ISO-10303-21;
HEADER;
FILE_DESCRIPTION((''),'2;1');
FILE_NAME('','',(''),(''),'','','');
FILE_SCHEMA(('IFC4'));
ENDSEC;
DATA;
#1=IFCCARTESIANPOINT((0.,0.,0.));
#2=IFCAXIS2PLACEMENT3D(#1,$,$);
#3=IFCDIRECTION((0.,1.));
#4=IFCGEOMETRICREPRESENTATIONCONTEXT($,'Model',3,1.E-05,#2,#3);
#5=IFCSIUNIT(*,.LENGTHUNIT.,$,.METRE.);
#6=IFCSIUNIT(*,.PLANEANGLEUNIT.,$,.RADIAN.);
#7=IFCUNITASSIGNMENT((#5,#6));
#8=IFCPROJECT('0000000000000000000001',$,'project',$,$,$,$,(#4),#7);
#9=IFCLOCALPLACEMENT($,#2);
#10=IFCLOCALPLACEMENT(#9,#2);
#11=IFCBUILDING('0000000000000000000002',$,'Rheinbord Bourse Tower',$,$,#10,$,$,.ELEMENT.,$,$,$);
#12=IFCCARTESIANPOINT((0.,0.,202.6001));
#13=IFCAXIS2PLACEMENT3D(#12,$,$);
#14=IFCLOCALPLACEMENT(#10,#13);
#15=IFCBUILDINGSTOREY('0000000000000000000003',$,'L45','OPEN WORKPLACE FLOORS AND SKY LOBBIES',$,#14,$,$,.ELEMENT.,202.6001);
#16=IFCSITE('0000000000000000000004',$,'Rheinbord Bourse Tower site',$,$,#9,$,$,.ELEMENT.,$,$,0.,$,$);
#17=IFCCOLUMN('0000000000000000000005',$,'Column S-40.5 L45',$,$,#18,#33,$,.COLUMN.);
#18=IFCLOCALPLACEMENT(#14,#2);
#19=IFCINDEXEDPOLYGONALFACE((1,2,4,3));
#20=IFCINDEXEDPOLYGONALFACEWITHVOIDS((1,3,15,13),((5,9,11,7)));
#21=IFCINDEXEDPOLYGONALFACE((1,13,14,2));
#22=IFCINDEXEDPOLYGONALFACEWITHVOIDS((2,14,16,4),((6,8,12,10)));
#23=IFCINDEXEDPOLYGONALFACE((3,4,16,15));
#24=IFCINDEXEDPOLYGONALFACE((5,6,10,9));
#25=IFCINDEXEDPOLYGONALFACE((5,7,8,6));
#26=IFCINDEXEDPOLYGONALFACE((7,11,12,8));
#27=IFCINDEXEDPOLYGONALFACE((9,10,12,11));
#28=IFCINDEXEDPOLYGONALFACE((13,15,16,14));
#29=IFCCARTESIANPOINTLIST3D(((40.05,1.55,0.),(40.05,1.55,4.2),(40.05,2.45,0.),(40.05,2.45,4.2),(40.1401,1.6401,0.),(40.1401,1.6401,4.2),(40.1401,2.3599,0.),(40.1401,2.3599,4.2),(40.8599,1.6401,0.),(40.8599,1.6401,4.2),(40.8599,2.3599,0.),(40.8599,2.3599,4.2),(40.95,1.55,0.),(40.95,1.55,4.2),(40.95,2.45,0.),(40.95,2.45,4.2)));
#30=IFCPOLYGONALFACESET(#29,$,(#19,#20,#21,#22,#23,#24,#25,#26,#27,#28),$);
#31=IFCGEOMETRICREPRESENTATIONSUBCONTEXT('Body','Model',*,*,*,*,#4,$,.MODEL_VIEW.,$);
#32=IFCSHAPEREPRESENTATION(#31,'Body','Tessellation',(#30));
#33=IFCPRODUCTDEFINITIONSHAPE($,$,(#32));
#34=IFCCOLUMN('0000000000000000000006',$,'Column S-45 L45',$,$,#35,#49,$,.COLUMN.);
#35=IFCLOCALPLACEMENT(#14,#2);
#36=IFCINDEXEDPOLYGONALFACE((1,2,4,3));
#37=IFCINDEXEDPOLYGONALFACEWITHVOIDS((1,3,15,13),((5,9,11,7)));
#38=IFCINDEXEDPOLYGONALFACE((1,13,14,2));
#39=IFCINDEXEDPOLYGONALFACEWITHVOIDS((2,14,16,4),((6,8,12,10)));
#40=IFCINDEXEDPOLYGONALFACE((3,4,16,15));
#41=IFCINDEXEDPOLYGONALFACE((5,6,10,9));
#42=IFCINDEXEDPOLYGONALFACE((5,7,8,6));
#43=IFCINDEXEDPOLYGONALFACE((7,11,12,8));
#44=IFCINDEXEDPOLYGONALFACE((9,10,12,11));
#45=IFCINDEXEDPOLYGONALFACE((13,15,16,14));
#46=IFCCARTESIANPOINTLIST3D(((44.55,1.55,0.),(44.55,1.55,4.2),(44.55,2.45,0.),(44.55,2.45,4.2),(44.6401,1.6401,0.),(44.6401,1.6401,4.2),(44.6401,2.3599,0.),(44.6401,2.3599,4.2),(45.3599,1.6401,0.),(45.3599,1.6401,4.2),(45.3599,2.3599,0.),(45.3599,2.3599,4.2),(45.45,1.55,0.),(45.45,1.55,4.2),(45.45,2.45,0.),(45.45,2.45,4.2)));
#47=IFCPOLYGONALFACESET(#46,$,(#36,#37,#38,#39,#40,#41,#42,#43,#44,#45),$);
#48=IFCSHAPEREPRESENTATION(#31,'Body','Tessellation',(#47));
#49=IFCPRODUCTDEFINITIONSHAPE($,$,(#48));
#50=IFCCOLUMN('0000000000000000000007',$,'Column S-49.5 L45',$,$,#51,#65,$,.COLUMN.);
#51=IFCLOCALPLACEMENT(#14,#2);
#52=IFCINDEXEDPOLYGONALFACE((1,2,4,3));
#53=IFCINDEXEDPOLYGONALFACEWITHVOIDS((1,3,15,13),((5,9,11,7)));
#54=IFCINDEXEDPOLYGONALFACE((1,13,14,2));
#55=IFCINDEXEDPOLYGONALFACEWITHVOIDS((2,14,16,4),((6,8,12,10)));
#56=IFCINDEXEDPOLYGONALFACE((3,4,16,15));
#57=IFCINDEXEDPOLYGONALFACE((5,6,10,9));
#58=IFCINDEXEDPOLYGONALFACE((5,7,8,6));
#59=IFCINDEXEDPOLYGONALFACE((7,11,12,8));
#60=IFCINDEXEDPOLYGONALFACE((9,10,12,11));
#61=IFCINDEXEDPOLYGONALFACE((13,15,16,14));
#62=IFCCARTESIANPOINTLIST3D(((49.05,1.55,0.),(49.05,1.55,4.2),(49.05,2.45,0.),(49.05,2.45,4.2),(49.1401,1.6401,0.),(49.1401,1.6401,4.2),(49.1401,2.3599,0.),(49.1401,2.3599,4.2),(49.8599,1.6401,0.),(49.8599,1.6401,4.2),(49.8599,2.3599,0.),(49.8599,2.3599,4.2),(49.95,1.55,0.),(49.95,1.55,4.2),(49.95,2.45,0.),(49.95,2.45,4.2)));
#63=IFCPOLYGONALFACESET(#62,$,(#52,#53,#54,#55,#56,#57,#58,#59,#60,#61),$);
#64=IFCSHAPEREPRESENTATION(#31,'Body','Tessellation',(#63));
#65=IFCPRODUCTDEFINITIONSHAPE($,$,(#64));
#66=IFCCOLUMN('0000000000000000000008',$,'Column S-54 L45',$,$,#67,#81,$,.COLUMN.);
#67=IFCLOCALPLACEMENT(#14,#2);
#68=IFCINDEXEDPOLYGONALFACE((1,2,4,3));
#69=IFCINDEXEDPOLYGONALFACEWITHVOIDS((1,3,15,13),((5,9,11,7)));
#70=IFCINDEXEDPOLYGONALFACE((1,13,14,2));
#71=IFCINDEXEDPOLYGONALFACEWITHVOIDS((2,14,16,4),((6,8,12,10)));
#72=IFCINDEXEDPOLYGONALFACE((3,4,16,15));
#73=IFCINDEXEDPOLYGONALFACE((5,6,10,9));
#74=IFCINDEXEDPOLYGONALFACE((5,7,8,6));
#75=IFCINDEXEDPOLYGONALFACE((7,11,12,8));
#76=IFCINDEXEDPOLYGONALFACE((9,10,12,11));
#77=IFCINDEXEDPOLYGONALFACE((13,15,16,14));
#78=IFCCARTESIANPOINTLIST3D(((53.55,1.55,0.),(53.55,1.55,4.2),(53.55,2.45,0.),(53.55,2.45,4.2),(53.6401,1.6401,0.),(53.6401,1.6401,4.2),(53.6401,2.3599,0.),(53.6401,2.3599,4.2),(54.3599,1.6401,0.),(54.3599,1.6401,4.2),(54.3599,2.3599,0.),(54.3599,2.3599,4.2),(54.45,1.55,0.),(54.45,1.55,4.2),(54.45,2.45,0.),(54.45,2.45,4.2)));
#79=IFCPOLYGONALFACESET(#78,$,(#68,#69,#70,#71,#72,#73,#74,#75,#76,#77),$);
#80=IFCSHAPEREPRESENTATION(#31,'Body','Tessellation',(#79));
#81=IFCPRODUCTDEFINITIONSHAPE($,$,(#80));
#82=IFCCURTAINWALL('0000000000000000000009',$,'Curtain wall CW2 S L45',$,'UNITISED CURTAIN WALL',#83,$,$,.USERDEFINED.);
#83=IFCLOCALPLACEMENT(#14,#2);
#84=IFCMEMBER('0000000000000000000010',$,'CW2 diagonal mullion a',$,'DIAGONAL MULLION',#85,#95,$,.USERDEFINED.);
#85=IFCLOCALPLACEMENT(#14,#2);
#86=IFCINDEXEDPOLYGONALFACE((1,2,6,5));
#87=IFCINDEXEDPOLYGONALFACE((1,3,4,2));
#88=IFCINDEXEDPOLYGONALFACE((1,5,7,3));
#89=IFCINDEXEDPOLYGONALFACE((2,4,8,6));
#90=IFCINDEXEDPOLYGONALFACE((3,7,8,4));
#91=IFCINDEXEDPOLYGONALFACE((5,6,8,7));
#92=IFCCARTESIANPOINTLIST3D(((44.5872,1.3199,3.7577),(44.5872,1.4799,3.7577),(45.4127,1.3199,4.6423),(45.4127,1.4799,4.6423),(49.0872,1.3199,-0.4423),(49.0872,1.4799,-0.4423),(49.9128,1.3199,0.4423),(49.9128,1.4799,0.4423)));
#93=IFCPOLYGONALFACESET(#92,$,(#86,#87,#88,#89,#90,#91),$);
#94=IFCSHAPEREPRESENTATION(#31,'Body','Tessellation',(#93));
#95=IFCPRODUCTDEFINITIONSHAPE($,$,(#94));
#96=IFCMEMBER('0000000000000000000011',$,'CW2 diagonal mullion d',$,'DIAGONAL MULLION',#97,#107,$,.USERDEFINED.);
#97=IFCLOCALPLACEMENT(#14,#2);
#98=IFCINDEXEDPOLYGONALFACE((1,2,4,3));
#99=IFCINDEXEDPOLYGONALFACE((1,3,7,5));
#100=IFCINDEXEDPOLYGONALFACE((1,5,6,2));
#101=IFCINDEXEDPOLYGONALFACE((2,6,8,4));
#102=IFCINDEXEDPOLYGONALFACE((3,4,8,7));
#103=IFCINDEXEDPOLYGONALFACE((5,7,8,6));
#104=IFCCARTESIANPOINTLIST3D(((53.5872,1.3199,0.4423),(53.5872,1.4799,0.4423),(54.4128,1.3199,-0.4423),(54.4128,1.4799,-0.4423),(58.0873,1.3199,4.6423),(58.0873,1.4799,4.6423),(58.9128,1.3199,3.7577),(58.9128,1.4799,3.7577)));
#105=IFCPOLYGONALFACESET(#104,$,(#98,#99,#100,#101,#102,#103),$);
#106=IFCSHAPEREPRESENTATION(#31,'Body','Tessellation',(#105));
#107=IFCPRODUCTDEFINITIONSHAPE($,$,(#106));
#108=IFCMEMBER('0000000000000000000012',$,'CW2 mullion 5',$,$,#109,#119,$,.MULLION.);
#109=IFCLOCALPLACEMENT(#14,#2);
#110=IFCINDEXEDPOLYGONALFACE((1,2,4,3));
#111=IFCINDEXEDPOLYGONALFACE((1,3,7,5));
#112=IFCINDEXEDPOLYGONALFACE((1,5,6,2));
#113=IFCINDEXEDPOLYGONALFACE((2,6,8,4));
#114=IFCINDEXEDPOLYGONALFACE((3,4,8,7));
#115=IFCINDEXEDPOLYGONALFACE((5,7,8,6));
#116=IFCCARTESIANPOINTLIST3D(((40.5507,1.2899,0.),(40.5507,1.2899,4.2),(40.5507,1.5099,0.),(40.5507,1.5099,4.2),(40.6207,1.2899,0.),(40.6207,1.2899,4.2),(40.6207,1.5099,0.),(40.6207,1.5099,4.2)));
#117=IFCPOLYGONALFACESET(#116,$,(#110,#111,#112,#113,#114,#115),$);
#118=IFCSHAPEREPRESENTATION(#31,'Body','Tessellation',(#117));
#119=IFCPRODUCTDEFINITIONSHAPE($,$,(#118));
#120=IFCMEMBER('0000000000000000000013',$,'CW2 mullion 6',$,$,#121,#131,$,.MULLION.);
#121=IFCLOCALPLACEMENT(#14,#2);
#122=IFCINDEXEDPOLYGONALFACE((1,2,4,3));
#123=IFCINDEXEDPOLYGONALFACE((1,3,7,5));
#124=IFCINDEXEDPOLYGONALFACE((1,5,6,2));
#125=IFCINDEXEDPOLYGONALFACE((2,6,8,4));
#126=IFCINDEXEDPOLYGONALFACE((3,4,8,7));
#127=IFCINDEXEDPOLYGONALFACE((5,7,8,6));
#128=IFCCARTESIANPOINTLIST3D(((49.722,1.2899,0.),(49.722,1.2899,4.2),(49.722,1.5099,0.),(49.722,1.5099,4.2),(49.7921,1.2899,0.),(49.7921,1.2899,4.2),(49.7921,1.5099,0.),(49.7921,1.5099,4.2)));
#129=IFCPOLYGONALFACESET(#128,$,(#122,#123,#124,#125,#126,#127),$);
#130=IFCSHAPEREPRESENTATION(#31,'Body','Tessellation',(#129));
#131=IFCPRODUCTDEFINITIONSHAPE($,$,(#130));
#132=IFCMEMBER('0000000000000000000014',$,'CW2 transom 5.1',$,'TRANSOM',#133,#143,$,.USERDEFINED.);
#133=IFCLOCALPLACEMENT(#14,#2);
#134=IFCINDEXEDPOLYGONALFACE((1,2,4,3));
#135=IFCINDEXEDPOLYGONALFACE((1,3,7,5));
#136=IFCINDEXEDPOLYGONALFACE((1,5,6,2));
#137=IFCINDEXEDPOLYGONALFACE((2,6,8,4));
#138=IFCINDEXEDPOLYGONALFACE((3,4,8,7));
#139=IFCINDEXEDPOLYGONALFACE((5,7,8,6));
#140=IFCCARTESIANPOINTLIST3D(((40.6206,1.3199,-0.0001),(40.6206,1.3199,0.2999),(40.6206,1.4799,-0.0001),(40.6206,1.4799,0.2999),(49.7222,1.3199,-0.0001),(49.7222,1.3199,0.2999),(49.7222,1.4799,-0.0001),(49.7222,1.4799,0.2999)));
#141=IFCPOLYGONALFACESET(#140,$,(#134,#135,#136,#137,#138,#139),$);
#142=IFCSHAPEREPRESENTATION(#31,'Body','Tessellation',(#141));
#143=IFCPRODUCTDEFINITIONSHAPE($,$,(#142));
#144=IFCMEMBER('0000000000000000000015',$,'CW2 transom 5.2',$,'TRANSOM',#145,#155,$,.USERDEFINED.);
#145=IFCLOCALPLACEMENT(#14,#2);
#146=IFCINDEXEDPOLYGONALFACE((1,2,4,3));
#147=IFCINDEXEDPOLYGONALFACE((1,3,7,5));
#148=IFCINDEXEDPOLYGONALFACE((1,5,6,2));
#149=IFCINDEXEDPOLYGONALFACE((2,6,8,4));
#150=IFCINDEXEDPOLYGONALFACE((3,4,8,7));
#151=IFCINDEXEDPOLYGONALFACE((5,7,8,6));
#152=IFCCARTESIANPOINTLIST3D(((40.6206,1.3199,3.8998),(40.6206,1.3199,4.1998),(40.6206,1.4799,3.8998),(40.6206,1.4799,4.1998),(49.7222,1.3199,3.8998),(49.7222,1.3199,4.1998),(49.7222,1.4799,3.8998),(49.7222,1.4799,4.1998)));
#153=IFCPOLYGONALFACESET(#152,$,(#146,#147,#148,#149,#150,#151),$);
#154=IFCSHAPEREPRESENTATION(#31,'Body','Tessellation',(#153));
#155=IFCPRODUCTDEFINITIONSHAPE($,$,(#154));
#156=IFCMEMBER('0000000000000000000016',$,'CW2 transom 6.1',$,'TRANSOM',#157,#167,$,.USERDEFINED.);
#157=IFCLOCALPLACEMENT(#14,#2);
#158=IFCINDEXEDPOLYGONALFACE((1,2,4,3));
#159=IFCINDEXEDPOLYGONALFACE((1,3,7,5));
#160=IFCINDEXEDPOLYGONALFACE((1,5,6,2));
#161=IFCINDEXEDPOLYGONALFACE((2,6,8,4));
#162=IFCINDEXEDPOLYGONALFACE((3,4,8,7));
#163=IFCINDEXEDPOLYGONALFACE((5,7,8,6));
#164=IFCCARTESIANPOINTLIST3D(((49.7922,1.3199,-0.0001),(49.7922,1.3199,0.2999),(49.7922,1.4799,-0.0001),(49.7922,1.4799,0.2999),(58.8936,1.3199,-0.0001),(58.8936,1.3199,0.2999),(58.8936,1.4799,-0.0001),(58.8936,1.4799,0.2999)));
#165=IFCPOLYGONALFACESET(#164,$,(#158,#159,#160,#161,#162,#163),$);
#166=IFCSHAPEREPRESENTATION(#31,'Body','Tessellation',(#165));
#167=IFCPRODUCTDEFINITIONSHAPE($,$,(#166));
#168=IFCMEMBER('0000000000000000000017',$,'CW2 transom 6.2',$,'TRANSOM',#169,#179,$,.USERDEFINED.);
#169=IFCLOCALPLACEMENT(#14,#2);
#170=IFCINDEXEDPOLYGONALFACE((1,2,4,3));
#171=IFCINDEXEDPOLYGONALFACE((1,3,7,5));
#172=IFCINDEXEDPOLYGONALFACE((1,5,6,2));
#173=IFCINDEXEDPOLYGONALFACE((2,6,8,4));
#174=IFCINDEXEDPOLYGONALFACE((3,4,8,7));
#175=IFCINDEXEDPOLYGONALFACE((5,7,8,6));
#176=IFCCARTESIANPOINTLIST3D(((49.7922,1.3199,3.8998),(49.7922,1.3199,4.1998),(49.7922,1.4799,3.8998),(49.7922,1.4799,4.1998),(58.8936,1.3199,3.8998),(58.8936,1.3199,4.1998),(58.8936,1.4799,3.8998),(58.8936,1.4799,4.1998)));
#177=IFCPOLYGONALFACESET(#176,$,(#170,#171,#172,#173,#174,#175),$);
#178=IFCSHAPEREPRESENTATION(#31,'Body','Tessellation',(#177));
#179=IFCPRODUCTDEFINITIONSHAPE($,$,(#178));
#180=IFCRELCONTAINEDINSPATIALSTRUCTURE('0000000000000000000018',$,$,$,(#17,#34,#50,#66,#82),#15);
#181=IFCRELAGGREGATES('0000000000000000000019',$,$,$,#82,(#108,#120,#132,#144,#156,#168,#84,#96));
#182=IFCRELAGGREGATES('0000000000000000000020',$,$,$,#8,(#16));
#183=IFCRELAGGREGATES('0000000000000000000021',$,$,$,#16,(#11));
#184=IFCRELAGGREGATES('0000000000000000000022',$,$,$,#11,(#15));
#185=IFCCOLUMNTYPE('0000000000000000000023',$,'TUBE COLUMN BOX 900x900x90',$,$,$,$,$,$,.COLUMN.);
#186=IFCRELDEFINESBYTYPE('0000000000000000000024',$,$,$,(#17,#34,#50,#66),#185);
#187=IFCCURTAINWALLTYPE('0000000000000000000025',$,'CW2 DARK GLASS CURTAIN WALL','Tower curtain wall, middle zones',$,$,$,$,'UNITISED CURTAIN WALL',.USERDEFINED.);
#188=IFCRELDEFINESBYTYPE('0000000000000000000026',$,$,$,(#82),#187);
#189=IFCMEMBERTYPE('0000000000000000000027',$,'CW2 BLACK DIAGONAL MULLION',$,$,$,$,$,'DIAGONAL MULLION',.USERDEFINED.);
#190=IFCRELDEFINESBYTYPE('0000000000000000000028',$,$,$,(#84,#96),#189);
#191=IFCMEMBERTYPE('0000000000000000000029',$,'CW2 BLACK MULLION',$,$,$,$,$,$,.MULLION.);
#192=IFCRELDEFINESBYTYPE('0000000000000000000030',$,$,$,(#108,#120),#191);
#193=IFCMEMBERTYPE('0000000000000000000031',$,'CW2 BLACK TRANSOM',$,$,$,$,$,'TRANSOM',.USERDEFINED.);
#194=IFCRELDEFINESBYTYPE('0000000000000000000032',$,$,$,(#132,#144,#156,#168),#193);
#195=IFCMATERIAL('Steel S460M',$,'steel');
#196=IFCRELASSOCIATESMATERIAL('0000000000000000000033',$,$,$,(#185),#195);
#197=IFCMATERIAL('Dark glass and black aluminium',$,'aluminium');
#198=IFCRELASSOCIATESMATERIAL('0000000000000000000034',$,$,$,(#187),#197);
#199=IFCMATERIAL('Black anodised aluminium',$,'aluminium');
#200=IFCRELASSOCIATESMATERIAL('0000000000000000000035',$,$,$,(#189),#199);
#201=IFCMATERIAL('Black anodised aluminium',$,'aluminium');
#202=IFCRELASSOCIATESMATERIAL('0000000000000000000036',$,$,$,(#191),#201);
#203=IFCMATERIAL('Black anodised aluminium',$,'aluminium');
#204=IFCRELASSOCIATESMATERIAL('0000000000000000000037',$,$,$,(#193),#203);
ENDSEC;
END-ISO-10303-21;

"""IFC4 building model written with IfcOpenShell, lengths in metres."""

from ifc_helpers import new_model, si_unit, direction, frame, origin, origin_2d, place, context, subcontext, project, spatial, rectangle, hollow_rectangle, extrude, material, material_profile, profile_set, type_object, element, aggregate, save


model = new_model("IFC4")

# Units and contexts
model_context = context("Model", 3, precision=1e-05, world=origin(), true_north=direction((0.0, 1.0)))
body_context = subcontext(model_context, "Body", "Model", "MODEL_VIEW")
ifc_project = project(units=[si_unit("LENGTHUNIT", "METRE"), si_unit("PLANEANGLEUNIT", "RADIAN")], contexts=[model_context])

# Site, building, storey
site_placement = place(None, origin())
site = spatial("IfcSite", under=ifc_project, at=site_placement, Name="Rheinbord Bourse Tower site", CompositionType="ELEMENT", RefElevation=0.0)
building_placement = place(site_placement, origin())
building = spatial("IfcBuilding", under=site, at=building_placement, Name="Rheinbord Bourse Tower", CompositionType="ELEMENT")
storey_placement = place(building_placement, frame((0.0, 0.0, 202.6001)))
storey = spatial("IfcBuildingStorey", under=building, at=storey_placement, Name="L45", Description="OPEN WORKPLACE FLOORS AND SKY LOBBIES", CompositionType="ELEMENT", Elevation=202.6001)

# Columns
ifc_material_1 = material(Name="Steel S460M", Category="steel")
ifc_material_profile_1 = material_profile(ifc_material_1, hollow_rectangle(XDim=0.8999, YDim=0.8999, WallThickness=0.0901, at=origin_2d()), Name="BOX 900x900x90")
ifc_profile_set_1 = profile_set([ifc_material_profile_1], Name="Steel S460M")
column_type = type_object("IfcColumnType", Name="TUBE COLUMN BOX 900x900x90", PredefinedType="COLUMN", material=ifc_profile_set_1)
for number, where, z_axis, x_axis, name in (
    (1, (40.5, 2.0, 0.0), (0.0, 0.0, 1.0), (0.0, 1.0, 0.0), "Column S-40.5 L45"),
    (2, (45.0, 2.0, 0.0), (0.0, 0.0, 1.0), (0.0, 1.0, 0.0), "Column S-45 L45"),
    (3, (49.5, 2.0, 0.0), (0.0, 0.0, 1.0), (0.0, 1.0, 0.0), "Column S-49.5 L45"),
    (4, (54.0, 2.0, 0.0), (0.0, 0.0, 1.0), (0.0, 1.0, 0.0), "Column S-54 L45"),
):
    element("IfcColumn", number, at=place(storey_placement, frame(where, z_axis=z_axis, x_axis=x_axis)), inside=storey, type_object=column_type, Name=name, PredefinedType="COLUMN", context=body_context, shape_type="SweptSolid", body=[
        extrude(hollow_rectangle(XDim=0.8999, YDim=0.8999, WallThickness=0.0901, at=origin_2d()), origin(), (0.0, 0.0, 1.0), 4.2),
    ])

# Curtain wall, members
ifc_material_2 = material(Name="Dark glass and black aluminium", Category="aluminium")
curtain_wall_type = type_object("IfcCurtainWallType", Name="CW2 DARK GLASS CURTAIN WALL", Description="Tower curtain wall, middle zones", ElementType="UNITISED CURTAIN WALL", PredefinedType="USERDEFINED", material=ifc_material_2)
curtain_wall_placement = place(storey_placement, origin())
curtain_wall = element("IfcCurtainWall", 5, at=curtain_wall_placement, inside=storey, type_object=curtain_wall_type, Name="Curtain wall CW2 S L45", ObjectType="UNITISED CURTAIN WALL", PredefinedType="USERDEFINED")
ifc_material_3 = material(Name="Black anodised aluminium", Category="aluminium")
ifc_material_profile_2 = material_profile(ifc_material_3, rectangle(XDim=0.1599, YDim=1.21, at=origin_2d()), Name="CW2 DIAGONAL MULLION 1210x160")
ifc_profile_set_2 = profile_set([ifc_material_profile_2], Name="Black anodised aluminium")
member_type_1 = type_object("IfcMemberType", Name="CW2 BLACK DIAGONAL MULLION", ElementType="DIAGONAL MULLION", PredefinedType="USERDEFINED", material=ifc_profile_set_2)
member_1_placement = place(storey_placement, frame((49.5, 1.3999, 0.0), z_axis=(-0.731059, 0.0, 0.682314), x_axis=(0.0, -1.0, 0.0)))
member_1 = element("IfcMember", 6, at=member_1_placement, type_object=member_type_1, Name="CW2 diagonal mullion a", ObjectType="DIAGONAL MULLION", PredefinedType="USERDEFINED", context=body_context, shape_type="SweptSolid", body=[
    extrude(rectangle(XDim=0.1599, YDim=1.21, at=origin_2d()), origin(), (0.0, 0.0, 1.0), 6.1555),
])
member_2_placement = place(storey_placement, frame((54.0, 1.3999, 0.0), z_axis=(0.731059, 0.0, 0.682314), x_axis=(0.0, 1.0, 0.0)))
member_2 = element("IfcMember", 7, at=member_2_placement, type_object=member_type_1, Name="CW2 diagonal mullion d", ObjectType="DIAGONAL MULLION", PredefinedType="USERDEFINED", context=body_context, shape_type="SweptSolid", body=[
    extrude(rectangle(XDim=0.1599, YDim=1.21, at=origin_2d()), origin(), (0.0, 0.0, 1.0), 6.1555),
])
ifc_material_4 = material(Name="Black anodised aluminium", Category="aluminium")
ifc_material_profile_3 = material_profile(ifc_material_4, rectangle(XDim=0.22, YDim=0.0701, at=origin_2d()), Name="CW2 MULLION 70x220")
ifc_profile_set_3 = profile_set([ifc_material_profile_3], Name="Black anodised aluminium")
member_type_2 = type_object("IfcMemberType", Name="CW2 BLACK MULLION", PredefinedType="MULLION", material=ifc_profile_set_3)
member_3_placement = place(storey_placement, frame((40.5857, 1.3999, 0.0), z_axis=(0.0, 0.0, 1.0), x_axis=(0.0, 1.0, 0.0)))
member_3 = element("IfcMember", 8, at=member_3_placement, type_object=member_type_2, Name="CW2 mullion 5", PredefinedType="MULLION", context=body_context, shape_type="SweptSolid", body=[
    extrude(rectangle(XDim=0.22, YDim=0.0701, at=origin_2d()), origin(), (0.0, 0.0, 1.0), 4.2),
])
member_4_placement = place(storey_placement, frame((49.7571, 1.3999, 0.0), z_axis=(0.0, 0.0, 1.0), x_axis=(0.0, 1.0, 0.0)))
member_4 = element("IfcMember", 9, at=member_4_placement, type_object=member_type_2, Name="CW2 mullion 6", PredefinedType="MULLION", context=body_context, shape_type="SweptSolid", body=[
    extrude(rectangle(XDim=0.22, YDim=0.0701, at=origin_2d()), origin(), (0.0, 0.0, 1.0), 4.2),
])
ifc_material_5 = material(Name="Black anodised aluminium", Category="aluminium")
ifc_material_profile_4 = material_profile(ifc_material_5, rectangle(XDim=0.1599, YDim=0.3, at=origin_2d()), Name="CW2 TRANSOM 300x160")
ifc_profile_set_4 = profile_set([ifc_material_profile_4], Name="Black anodised aluminium")
member_type_3 = type_object("IfcMemberType", Name="CW2 BLACK TRANSOM", ElementType="TRANSOM", PredefinedType="USERDEFINED", material=ifc_profile_set_4)
member_5_placement = place(storey_placement, frame((40.6206, 1.3999, 0.1499), z_axis=(1.0, 0.0, 0.0), x_axis=(0.0, 1.0, 0.0)))
member_5 = element("IfcMember", 10, at=member_5_placement, type_object=member_type_3, Name="CW2 transom 5.1", ObjectType="TRANSOM", PredefinedType="USERDEFINED", context=body_context, shape_type="SweptSolid", body=[
    extrude(rectangle(XDim=0.1599, YDim=0.3, at=origin_2d()), origin(), (0.0, 0.0, 1.0), 9.1016),
])
member_6_placement = place(storey_placement, frame((40.6206, 1.3999, 4.0498), z_axis=(1.0, 0.0, 0.0), x_axis=(0.0, 1.0, 0.0)))
member_6 = element("IfcMember", 11, at=member_6_placement, type_object=member_type_3, Name="CW2 transom 5.2", ObjectType="TRANSOM", PredefinedType="USERDEFINED", context=body_context, shape_type="SweptSolid", body=[
    extrude(rectangle(XDim=0.1599, YDim=0.3, at=origin_2d()), origin(), (0.0, 0.0, 1.0), 9.1016),
])
member_7_placement = place(storey_placement, frame((49.7922, 1.3999, 0.1499), z_axis=(1.0, 0.0, 0.0), x_axis=(0.0, 1.0, 0.0)))
member_7 = element("IfcMember", 12, at=member_7_placement, type_object=member_type_3, Name="CW2 transom 6.1", ObjectType="TRANSOM", PredefinedType="USERDEFINED", context=body_context, shape_type="SweptSolid", body=[
    extrude(rectangle(XDim=0.1599, YDim=0.3, at=origin_2d()), origin(), (0.0, 0.0, 1.0), 9.1013),
])
member_8_placement = place(storey_placement, frame((49.7922, 1.3999, 4.0498), z_axis=(1.0, 0.0, 0.0), x_axis=(0.0, 1.0, 0.0)))
member_8 = element("IfcMember", 13, at=member_8_placement, type_object=member_type_3, Name="CW2 transom 6.2", ObjectType="TRANSOM", PredefinedType="USERDEFINED", context=body_context, shape_type="SweptSolid", body=[
    extrude(rectangle(XDim=0.1599, YDim=0.3, at=origin_2d()), origin(), (0.0, 0.0, 1.0), 9.1013),
])

aggregate(curtain_wall, [member_3, member_4, member_5, member_6, member_7, member_8, member_1, member_2])

save(model, "model.ifc")
